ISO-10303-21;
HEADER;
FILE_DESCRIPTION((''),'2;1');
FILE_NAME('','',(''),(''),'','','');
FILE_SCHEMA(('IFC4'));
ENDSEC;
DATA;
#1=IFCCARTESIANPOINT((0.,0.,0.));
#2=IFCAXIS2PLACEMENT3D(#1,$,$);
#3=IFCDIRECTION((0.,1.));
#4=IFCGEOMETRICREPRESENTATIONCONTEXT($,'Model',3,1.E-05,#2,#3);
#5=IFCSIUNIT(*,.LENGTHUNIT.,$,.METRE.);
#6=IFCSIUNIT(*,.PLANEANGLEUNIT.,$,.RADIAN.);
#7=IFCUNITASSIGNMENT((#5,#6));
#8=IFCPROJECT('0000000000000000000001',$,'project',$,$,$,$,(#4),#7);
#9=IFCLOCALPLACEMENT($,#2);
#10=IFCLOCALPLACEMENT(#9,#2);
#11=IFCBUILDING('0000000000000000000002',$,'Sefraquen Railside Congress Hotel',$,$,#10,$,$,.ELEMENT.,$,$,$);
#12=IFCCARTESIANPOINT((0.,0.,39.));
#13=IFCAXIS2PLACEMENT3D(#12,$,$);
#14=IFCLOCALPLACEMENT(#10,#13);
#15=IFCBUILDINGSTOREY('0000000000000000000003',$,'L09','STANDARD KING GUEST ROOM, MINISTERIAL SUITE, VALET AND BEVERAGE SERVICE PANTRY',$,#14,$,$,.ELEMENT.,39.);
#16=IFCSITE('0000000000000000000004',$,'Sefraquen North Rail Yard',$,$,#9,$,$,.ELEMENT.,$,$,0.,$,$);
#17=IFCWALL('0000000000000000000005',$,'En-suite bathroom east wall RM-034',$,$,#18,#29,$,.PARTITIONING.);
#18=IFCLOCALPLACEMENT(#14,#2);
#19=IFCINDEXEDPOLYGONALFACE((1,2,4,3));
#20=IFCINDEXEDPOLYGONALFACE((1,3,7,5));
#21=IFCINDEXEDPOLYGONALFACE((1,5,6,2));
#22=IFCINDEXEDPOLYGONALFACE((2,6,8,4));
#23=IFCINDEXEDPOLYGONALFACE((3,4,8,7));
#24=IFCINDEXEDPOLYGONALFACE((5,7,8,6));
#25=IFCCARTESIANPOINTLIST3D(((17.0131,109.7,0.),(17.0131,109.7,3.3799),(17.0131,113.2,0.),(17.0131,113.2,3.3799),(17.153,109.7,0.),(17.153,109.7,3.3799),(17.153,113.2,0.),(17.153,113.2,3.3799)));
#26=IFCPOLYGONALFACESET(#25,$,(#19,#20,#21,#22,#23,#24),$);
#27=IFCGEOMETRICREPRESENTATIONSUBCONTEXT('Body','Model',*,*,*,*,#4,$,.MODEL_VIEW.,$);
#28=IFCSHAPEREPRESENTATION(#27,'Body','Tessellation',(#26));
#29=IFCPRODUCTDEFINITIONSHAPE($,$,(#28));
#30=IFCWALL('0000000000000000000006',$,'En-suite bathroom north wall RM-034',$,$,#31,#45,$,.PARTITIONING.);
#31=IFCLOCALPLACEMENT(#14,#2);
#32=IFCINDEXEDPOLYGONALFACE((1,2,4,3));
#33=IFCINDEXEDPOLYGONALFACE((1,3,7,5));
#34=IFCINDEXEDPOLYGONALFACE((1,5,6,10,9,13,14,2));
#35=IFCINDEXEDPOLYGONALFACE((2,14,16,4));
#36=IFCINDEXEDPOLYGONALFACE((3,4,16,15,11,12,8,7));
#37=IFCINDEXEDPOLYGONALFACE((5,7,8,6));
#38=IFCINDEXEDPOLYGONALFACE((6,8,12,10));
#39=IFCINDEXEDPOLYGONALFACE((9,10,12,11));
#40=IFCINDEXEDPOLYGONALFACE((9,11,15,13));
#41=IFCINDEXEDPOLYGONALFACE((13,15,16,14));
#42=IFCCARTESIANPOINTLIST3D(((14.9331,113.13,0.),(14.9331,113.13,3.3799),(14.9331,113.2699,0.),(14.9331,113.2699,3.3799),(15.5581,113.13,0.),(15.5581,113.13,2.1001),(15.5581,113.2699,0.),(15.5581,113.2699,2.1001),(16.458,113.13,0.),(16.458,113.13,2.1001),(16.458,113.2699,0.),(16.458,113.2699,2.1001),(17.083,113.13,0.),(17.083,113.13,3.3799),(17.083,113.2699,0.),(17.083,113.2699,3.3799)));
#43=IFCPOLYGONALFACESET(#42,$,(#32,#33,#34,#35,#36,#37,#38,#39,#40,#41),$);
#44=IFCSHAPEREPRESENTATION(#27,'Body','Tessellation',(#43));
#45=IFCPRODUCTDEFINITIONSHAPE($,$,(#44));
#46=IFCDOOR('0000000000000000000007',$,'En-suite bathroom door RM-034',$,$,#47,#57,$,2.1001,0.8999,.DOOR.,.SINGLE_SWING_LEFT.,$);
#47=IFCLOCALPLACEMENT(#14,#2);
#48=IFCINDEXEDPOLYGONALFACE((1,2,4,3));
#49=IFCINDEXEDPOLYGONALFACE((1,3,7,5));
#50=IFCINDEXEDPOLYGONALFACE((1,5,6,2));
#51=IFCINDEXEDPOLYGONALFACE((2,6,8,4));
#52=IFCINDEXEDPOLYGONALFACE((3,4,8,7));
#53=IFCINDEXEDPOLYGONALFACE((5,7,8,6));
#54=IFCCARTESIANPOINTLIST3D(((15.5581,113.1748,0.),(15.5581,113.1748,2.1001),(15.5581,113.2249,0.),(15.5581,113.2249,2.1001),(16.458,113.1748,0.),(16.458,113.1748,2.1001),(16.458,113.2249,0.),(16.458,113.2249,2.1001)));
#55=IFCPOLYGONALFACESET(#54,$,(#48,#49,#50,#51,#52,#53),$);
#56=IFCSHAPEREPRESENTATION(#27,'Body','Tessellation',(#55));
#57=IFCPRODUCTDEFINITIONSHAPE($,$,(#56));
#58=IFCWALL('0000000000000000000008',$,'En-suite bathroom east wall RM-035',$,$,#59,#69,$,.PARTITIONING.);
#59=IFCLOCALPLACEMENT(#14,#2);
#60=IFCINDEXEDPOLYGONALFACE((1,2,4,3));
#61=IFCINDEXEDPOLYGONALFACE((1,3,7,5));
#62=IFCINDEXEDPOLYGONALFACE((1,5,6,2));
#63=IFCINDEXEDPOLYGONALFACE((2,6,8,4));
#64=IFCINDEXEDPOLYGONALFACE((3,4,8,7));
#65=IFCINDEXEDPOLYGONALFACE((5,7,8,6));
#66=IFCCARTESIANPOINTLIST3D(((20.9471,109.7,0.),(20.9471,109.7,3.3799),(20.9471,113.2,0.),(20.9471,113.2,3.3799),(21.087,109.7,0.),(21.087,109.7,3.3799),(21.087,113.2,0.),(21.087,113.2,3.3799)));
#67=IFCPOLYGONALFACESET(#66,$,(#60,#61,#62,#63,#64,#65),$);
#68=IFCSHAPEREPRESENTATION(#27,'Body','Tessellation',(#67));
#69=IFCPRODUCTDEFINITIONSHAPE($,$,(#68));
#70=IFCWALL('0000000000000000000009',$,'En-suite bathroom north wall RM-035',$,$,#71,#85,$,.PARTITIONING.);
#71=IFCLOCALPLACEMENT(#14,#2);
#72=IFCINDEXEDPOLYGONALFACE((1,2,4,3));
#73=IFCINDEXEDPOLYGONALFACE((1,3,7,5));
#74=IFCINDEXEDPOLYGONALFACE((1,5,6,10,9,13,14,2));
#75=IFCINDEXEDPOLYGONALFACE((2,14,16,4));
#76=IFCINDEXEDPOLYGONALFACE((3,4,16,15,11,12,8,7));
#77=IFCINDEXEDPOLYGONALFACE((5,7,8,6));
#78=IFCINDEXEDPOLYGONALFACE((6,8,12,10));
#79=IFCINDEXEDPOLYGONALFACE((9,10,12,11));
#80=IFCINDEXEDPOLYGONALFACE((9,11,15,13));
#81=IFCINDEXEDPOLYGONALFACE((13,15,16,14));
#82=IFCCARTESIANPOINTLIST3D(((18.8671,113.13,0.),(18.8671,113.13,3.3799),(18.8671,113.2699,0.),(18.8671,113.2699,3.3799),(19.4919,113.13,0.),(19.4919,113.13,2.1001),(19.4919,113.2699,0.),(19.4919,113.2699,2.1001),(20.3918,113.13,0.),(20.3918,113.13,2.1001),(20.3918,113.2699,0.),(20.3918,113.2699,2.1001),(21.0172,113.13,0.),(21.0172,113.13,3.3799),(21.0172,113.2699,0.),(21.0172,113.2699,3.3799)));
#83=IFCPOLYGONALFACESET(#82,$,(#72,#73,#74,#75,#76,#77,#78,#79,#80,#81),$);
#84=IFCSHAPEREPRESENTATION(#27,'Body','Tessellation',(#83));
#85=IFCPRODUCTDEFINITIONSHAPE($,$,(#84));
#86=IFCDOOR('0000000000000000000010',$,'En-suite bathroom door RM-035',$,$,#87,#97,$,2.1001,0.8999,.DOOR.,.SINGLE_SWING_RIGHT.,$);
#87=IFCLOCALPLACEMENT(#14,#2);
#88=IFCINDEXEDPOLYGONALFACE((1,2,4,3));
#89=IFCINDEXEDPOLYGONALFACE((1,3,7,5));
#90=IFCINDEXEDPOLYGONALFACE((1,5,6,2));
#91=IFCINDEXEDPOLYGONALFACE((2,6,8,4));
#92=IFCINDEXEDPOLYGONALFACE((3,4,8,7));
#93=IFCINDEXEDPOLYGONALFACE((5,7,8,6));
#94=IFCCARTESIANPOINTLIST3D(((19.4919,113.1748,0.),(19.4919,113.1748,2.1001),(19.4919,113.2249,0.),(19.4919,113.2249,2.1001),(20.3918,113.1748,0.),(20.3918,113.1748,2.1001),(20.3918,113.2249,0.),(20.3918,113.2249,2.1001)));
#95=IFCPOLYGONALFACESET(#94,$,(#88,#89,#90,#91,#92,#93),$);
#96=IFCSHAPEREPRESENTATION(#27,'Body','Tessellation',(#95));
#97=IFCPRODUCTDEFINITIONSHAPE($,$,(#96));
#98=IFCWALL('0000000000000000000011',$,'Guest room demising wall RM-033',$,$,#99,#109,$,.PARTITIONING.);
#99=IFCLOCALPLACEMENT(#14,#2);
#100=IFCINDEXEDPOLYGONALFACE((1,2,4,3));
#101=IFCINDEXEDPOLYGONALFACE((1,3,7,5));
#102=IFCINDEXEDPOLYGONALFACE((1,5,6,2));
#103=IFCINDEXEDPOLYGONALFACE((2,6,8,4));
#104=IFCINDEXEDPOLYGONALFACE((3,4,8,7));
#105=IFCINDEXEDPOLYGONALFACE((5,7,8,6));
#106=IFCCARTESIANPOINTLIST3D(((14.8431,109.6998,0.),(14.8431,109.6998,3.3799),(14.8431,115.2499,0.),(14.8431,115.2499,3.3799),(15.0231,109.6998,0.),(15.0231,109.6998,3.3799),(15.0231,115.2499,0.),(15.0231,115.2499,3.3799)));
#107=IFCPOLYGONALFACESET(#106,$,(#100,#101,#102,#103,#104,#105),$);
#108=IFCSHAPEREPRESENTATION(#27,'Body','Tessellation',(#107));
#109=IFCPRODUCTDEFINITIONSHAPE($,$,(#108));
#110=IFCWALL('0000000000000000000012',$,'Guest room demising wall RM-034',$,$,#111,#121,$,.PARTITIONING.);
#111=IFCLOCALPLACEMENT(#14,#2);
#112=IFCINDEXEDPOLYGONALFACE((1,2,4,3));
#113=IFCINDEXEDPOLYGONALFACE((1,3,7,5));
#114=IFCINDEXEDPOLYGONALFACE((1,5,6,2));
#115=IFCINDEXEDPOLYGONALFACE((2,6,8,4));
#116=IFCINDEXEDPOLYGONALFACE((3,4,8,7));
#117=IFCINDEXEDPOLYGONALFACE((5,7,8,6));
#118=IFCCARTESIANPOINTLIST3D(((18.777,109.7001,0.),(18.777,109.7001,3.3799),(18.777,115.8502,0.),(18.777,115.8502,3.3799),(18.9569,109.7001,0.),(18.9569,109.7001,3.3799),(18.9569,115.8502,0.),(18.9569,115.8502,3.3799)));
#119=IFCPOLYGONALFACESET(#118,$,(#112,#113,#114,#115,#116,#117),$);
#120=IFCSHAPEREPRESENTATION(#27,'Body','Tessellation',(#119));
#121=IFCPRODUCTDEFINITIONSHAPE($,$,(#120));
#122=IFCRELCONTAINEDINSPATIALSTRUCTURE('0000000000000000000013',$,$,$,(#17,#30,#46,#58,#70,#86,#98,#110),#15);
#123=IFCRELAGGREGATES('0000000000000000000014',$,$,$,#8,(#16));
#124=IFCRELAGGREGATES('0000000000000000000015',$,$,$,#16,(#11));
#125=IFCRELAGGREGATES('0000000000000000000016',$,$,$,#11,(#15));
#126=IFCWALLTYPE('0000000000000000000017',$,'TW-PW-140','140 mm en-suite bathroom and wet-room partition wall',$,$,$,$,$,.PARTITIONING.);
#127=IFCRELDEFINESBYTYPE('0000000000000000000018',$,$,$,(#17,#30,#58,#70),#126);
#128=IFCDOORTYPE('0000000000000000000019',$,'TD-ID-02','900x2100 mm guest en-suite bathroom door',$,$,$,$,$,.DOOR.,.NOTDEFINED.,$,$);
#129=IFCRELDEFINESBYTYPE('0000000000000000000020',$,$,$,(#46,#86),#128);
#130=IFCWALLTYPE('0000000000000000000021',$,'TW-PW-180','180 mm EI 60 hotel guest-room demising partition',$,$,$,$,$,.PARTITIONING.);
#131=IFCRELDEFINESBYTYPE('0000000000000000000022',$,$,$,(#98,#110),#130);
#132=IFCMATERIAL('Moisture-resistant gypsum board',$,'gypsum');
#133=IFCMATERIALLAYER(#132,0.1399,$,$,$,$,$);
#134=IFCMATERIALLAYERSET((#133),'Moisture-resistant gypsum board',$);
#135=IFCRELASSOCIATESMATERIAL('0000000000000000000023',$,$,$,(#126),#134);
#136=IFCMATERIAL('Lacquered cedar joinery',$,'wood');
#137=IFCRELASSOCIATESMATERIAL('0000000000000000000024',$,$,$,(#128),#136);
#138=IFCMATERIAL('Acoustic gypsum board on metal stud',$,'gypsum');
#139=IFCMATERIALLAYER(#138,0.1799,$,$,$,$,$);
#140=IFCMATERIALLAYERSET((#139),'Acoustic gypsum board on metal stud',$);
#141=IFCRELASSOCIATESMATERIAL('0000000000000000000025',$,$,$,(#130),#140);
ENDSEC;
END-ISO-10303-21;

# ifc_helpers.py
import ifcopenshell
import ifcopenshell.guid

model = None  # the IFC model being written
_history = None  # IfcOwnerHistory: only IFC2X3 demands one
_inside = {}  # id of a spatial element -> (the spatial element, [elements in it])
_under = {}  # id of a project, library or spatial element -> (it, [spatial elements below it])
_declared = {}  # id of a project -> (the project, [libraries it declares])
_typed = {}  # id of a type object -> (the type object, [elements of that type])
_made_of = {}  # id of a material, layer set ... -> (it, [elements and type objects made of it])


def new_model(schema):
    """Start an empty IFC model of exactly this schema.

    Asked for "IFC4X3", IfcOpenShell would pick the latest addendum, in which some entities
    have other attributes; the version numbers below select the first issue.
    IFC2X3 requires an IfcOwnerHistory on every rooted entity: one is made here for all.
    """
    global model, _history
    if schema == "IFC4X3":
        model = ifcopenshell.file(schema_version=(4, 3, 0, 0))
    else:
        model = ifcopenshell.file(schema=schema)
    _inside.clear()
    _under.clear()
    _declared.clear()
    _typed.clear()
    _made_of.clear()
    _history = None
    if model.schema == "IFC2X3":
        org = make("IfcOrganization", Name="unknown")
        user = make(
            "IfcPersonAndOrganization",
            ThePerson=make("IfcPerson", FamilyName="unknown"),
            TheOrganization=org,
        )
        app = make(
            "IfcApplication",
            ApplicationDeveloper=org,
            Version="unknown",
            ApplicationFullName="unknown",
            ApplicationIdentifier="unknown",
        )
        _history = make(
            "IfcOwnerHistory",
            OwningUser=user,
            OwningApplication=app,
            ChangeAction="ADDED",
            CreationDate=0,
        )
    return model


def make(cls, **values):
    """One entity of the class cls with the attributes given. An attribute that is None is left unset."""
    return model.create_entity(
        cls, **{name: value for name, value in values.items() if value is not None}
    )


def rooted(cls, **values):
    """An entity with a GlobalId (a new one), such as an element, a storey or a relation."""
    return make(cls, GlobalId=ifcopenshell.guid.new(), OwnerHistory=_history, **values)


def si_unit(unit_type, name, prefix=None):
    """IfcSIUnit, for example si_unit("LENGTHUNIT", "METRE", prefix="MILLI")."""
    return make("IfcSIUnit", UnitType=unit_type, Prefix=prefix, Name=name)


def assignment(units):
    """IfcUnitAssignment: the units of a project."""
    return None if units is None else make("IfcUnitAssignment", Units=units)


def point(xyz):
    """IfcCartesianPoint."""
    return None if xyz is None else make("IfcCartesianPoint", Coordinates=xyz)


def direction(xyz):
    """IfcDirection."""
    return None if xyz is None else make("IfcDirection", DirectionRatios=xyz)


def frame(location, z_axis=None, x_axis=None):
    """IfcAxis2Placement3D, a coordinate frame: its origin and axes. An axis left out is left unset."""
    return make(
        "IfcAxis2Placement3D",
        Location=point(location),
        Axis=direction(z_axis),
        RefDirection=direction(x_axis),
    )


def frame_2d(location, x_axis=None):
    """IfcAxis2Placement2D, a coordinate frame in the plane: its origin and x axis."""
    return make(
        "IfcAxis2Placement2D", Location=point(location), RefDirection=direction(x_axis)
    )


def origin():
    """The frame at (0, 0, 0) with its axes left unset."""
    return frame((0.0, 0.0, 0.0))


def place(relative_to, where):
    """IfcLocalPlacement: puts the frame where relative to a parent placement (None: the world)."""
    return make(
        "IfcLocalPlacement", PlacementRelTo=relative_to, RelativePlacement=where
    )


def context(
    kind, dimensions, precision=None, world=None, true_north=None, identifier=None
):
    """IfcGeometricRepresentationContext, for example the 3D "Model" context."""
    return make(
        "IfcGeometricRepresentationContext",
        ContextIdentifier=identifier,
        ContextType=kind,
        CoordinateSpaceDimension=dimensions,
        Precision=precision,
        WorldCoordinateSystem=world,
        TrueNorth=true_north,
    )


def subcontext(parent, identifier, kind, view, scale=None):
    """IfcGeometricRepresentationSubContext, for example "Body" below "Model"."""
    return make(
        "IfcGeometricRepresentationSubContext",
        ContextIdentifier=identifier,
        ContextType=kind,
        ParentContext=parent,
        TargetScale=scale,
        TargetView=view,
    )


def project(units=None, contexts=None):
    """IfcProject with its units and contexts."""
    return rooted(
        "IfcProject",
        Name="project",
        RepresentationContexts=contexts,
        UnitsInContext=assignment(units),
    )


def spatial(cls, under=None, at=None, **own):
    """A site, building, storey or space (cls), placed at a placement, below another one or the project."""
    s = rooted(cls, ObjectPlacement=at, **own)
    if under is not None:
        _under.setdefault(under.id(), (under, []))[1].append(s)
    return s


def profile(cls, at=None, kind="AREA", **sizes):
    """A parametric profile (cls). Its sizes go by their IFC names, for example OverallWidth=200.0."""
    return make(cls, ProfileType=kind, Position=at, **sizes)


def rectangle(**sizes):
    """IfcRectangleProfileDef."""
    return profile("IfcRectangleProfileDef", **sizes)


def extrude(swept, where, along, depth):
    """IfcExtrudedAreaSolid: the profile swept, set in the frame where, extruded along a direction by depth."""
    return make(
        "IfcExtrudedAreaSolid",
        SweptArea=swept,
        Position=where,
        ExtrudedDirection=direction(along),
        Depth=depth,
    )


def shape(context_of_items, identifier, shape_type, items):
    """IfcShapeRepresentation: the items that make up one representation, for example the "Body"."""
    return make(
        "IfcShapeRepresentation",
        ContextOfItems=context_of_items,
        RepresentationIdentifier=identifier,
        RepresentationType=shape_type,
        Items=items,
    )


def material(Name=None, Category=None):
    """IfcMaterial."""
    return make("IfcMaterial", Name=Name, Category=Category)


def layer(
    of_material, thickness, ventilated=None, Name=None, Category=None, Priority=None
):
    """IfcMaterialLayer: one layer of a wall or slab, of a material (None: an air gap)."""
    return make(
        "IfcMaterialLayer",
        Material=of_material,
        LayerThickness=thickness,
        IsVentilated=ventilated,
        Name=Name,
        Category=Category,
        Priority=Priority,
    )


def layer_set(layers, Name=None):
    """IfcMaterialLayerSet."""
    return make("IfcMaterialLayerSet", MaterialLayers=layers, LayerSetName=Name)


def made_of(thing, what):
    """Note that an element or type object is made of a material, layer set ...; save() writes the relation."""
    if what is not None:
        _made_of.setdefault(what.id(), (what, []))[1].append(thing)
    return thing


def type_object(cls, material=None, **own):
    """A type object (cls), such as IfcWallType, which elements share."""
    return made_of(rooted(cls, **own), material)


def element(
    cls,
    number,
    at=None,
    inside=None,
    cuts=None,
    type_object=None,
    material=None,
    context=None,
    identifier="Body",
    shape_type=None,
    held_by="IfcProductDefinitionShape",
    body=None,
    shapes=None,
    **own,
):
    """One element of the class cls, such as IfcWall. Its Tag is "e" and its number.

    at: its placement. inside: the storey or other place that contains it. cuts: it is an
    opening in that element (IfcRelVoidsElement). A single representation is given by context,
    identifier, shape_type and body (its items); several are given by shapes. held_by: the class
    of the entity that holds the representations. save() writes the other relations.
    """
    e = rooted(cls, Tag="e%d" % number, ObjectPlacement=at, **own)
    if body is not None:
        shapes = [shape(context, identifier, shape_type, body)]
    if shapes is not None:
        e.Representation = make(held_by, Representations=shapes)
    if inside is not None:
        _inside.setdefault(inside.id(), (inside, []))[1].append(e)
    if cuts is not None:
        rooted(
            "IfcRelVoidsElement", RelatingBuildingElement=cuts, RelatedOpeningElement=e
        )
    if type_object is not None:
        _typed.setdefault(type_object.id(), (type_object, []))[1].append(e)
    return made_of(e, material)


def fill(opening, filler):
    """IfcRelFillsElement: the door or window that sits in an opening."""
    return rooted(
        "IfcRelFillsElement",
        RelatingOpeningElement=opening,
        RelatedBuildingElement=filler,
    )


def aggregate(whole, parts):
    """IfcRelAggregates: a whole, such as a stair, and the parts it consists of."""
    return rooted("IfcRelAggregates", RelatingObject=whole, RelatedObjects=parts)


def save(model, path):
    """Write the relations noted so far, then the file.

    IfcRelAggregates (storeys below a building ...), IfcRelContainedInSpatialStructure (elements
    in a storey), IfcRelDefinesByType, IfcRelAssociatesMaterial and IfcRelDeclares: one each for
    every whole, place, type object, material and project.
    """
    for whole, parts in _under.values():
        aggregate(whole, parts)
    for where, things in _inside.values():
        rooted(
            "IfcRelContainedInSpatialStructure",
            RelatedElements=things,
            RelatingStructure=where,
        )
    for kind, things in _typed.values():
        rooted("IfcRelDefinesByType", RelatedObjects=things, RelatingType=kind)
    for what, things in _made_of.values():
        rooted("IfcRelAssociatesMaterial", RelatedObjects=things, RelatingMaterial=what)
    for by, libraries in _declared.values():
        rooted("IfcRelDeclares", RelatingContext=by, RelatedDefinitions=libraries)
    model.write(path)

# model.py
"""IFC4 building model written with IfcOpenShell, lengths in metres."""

from ifc_helpers import new_model, si_unit, direction, frame, frame_2d, origin, place, context, subcontext, project, spatial, rectangle, extrude, material, layer, layer_set, type_object, element, fill, save


model = new_model("IFC4")

# Units and contexts
model_context = context("Model", 3, precision=1e-05, world=origin(), true_north=direction((0.0, 1.0)))
body_context = subcontext(model_context, "Body", "Model", "MODEL_VIEW")
ifc_project = project(units=[si_unit("LENGTHUNIT", "METRE"), si_unit("PLANEANGLEUNIT", "RADIAN")], contexts=[model_context])

# Site, building, storey
site_placement = place(None, origin())
site = spatial("IfcSite", under=ifc_project, at=site_placement, Name="Sefraquen North Rail Yard", CompositionType="ELEMENT", RefElevation=0.0)
building_placement = place(site_placement, origin())
building = spatial("IfcBuilding", under=site, at=building_placement, Name="Sefraquen Railside Congress Hotel", CompositionType="ELEMENT")
storey_placement = place(building_placement, frame((0.0, 0.0, 39.0)))
storey = spatial("IfcBuildingStorey", under=building, at=storey_placement, Name="L09", Description="STANDARD KING GUEST ROOM, MINISTERIAL SUITE, VALET AND BEVERAGE SERVICE PANTRY", CompositionType="ELEMENT", Elevation=39.0)

# Wall
ifc_material_1 = material(Name="Moisture-resistant gypsum board", Category="gypsum")
ifc_layer_1 = layer(ifc_material_1, 0.1399)
ifc_layer_set_1 = layer_set([ifc_layer_1], Name="Moisture-resistant gypsum board")
wall_type_1 = type_object("IfcWallType", Name="TW-PW-140", Description="140 mm en-suite bathroom and wet-room partition wall", PredefinedType="PARTITIONING", material=ifc_layer_set_1)
wall_1_placement = place(storey_placement, frame((17.083, 109.7, 0.0), z_axis=(0.0, 0.0, 1.0), x_axis=(0.0, 1.0, 0.0)))
element("IfcWall", 1, at=wall_1_placement, inside=storey, type_object=wall_type_1, Name="En-suite bathroom east wall RM-034", PredefinedType="PARTITIONING", context=body_context, shape_type="SweptSolid", body=[
    extrude(rectangle(XDim=3.5, YDim=0.1399, at=frame_2d((1.75, 0.0))), origin(), (0.0, 0.0, 1.0), 3.3799),
])

# Wall, opening, door
wall_2_placement = place(storey_placement, frame((14.9331, 113.2, 0.0), z_axis=(0.0, 0.0, 1.0), x_axis=(1.0, 0.0, 0.0)))
wall_2 = element("IfcWall", 2, at=wall_2_placement, inside=storey, type_object=wall_type_1, Name="En-suite bathroom north wall RM-034", PredefinedType="PARTITIONING", context=body_context, shape_type="SweptSolid", body=[
    extrude(rectangle(XDim=2.1499, YDim=0.1399, at=frame_2d((1.075, 0.0))), origin(), (0.0, 0.0, 1.0), 3.3799),
])
opening_1_placement = place(wall_2_placement, frame((0.625, 0.0, 0.0)))
opening_1 = element("IfcOpeningElement", 3, at=opening_1_placement, cuts=wall_2, PredefinedType="OPENING", context=body_context, shape_type="SweptSolid", body=[
    extrude(rectangle(XDim=0.8999, YDim=2.1001, at=frame_2d((0.45, 1.05))), frame((0.0, 0.0798, 0.0), z_axis=(0.0, -1.0, 0.0), x_axis=(1.0, 0.0, 0.0)), (0.0, 0.0, 1.0), 0.1599),
])
ifc_material_2 = material(Name="Lacquered cedar joinery", Category="wood")
door_type = type_object("IfcDoorType", Name="TD-ID-02", Description="900x2100 mm guest en-suite bathroom door", OperationType="NOTDEFINED", PredefinedType="DOOR", material=ifc_material_2)
door_1_placement = place(opening_1_placement, origin())
door_1 = element("IfcDoor", 4, at=door_1_placement, inside=storey, type_object=door_type, Name="En-suite bathroom door RM-034", OperationType="SINGLE_SWING_LEFT", OverallHeight=2.1001, OverallWidth=0.8999, PredefinedType="DOOR", context=body_context, shape_type="SweptSolid", body=[
    extrude(rectangle(XDim=0.8999, YDim=2.1001, at=frame_2d((0.45, 1.05))), frame((0.0, 0.0249, 0.0), z_axis=(0.0, -1.0, 0.0), x_axis=(1.0, 0.0, 0.0)), (0.0, 0.0, 1.0), 0.05),
])
fill(opening_1, door_1)

# Wall
wall_3_placement = place(storey_placement, frame((21.0171, 109.7, 0.0), z_axis=(0.0, 0.0, 1.0), x_axis=(0.0, 1.0, 0.0)))
element("IfcWall", 5, at=wall_3_placement, inside=storey, type_object=wall_type_1, Name="En-suite bathroom east wall RM-035", PredefinedType="PARTITIONING", context=body_context, shape_type="SweptSolid", body=[
    extrude(rectangle(XDim=3.5, YDim=0.1399, at=frame_2d((1.75, 0.0))), origin(), (0.0, 0.0, 1.0), 3.3799),
])

# Wall, opening, door
wall_4_placement = place(storey_placement, frame((18.8669, 113.2, 0.0), z_axis=(0.0, 0.0, 1.0), x_axis=(1.0, 0.0, 0.0)))
wall_4 = element("IfcWall", 6, at=wall_4_placement, inside=storey, type_object=wall_type_1, Name="En-suite bathroom north wall RM-035", PredefinedType="PARTITIONING", context=body_context, shape_type="SweptSolid", body=[
    extrude(rectangle(XDim=2.1501, YDim=0.1399, at=frame_2d((1.0752, 0.0))), origin(), (0.0, 0.0, 1.0), 3.3799),
])
opening_2_placement = place(wall_4_placement, frame((0.625, 0.0, 0.0)))
opening_2 = element("IfcOpeningElement", 7, at=opening_2_placement, cuts=wall_4, PredefinedType="OPENING", context=body_context, shape_type="SweptSolid", body=[
    extrude(rectangle(XDim=0.8999, YDim=2.1001, at=frame_2d((0.45, 1.05))), frame((0.0, 0.0798, 0.0), z_axis=(0.0, -1.0, 0.0), x_axis=(1.0, 0.0, 0.0)), (0.0, 0.0, 1.0), 0.1599),
])
door_2_placement = place(opening_2_placement, origin())
door_2 = element("IfcDoor", 8, at=door_2_placement, inside=storey, type_object=door_type, Name="En-suite bathroom door RM-035", OperationType="SINGLE_SWING_RIGHT", OverallHeight=2.1001, OverallWidth=0.8999, PredefinedType="DOOR", context=body_context, shape_type="SweptSolid", body=[
    extrude(rectangle(XDim=0.8999, YDim=2.1001, at=frame_2d((0.45, 1.05))), frame((0.0, 0.0249, 0.0), z_axis=(0.0, -1.0, 0.0), x_axis=(1.0, 0.0, 0.0)), (0.0, 0.0, 1.0), 0.05),
])
fill(opening_2, door_2)

# Walls
ifc_material_3 = material(Name="Acoustic gypsum board on metal stud", Category="gypsum")
ifc_layer_2 = layer(ifc_material_3, 0.1799)
ifc_layer_set_2 = layer_set([ifc_layer_2], Name="Acoustic gypsum board on metal stud")
wall_type_2 = type_object("IfcWallType", Name="TW-PW-180", Description="180 mm EI 60 hotel guest-room demising partition", PredefinedType="PARTITIONING", material=ifc_layer_set_2)
wall_5_placement = place(storey_placement, frame((14.9331, 109.7, 0.0), z_axis=(0.0, 0.0, 1.0), x_axis=(0.0, 1.0, 0.0)))
element("IfcWall", 9, at=wall_5_placement, inside=storey, type_object=wall_type_2, Name="Guest room demising wall RM-033", PredefinedType="PARTITIONING", context=body_context, shape_type="SweptSolid", body=[
    extrude(rectangle(XDim=5.55, YDim=0.1799, at=frame_2d((2.7749, 0.0))), origin(), (0.0, 0.0, 1.0), 3.3799),
])
wall_6_placement = place(storey_placement, frame((18.8669, 109.7, 0.0), z_axis=(0.0, 0.0, 1.0), x_axis=(0.0, 1.0, 0.0)))
element("IfcWall", 10, at=wall_6_placement, inside=storey, type_object=wall_type_2, Name="Guest room demising wall RM-034", PredefinedType="PARTITIONING", context=body_context, shape_type="SweptSolid", body=[
    extrude(rectangle(XDim=6.1501, YDim=0.1799, at=frame_2d((3.0752, 0.0))), origin(), (0.0, 0.0, 1.0), 3.3799),
])

save(model, "model.ifc")
